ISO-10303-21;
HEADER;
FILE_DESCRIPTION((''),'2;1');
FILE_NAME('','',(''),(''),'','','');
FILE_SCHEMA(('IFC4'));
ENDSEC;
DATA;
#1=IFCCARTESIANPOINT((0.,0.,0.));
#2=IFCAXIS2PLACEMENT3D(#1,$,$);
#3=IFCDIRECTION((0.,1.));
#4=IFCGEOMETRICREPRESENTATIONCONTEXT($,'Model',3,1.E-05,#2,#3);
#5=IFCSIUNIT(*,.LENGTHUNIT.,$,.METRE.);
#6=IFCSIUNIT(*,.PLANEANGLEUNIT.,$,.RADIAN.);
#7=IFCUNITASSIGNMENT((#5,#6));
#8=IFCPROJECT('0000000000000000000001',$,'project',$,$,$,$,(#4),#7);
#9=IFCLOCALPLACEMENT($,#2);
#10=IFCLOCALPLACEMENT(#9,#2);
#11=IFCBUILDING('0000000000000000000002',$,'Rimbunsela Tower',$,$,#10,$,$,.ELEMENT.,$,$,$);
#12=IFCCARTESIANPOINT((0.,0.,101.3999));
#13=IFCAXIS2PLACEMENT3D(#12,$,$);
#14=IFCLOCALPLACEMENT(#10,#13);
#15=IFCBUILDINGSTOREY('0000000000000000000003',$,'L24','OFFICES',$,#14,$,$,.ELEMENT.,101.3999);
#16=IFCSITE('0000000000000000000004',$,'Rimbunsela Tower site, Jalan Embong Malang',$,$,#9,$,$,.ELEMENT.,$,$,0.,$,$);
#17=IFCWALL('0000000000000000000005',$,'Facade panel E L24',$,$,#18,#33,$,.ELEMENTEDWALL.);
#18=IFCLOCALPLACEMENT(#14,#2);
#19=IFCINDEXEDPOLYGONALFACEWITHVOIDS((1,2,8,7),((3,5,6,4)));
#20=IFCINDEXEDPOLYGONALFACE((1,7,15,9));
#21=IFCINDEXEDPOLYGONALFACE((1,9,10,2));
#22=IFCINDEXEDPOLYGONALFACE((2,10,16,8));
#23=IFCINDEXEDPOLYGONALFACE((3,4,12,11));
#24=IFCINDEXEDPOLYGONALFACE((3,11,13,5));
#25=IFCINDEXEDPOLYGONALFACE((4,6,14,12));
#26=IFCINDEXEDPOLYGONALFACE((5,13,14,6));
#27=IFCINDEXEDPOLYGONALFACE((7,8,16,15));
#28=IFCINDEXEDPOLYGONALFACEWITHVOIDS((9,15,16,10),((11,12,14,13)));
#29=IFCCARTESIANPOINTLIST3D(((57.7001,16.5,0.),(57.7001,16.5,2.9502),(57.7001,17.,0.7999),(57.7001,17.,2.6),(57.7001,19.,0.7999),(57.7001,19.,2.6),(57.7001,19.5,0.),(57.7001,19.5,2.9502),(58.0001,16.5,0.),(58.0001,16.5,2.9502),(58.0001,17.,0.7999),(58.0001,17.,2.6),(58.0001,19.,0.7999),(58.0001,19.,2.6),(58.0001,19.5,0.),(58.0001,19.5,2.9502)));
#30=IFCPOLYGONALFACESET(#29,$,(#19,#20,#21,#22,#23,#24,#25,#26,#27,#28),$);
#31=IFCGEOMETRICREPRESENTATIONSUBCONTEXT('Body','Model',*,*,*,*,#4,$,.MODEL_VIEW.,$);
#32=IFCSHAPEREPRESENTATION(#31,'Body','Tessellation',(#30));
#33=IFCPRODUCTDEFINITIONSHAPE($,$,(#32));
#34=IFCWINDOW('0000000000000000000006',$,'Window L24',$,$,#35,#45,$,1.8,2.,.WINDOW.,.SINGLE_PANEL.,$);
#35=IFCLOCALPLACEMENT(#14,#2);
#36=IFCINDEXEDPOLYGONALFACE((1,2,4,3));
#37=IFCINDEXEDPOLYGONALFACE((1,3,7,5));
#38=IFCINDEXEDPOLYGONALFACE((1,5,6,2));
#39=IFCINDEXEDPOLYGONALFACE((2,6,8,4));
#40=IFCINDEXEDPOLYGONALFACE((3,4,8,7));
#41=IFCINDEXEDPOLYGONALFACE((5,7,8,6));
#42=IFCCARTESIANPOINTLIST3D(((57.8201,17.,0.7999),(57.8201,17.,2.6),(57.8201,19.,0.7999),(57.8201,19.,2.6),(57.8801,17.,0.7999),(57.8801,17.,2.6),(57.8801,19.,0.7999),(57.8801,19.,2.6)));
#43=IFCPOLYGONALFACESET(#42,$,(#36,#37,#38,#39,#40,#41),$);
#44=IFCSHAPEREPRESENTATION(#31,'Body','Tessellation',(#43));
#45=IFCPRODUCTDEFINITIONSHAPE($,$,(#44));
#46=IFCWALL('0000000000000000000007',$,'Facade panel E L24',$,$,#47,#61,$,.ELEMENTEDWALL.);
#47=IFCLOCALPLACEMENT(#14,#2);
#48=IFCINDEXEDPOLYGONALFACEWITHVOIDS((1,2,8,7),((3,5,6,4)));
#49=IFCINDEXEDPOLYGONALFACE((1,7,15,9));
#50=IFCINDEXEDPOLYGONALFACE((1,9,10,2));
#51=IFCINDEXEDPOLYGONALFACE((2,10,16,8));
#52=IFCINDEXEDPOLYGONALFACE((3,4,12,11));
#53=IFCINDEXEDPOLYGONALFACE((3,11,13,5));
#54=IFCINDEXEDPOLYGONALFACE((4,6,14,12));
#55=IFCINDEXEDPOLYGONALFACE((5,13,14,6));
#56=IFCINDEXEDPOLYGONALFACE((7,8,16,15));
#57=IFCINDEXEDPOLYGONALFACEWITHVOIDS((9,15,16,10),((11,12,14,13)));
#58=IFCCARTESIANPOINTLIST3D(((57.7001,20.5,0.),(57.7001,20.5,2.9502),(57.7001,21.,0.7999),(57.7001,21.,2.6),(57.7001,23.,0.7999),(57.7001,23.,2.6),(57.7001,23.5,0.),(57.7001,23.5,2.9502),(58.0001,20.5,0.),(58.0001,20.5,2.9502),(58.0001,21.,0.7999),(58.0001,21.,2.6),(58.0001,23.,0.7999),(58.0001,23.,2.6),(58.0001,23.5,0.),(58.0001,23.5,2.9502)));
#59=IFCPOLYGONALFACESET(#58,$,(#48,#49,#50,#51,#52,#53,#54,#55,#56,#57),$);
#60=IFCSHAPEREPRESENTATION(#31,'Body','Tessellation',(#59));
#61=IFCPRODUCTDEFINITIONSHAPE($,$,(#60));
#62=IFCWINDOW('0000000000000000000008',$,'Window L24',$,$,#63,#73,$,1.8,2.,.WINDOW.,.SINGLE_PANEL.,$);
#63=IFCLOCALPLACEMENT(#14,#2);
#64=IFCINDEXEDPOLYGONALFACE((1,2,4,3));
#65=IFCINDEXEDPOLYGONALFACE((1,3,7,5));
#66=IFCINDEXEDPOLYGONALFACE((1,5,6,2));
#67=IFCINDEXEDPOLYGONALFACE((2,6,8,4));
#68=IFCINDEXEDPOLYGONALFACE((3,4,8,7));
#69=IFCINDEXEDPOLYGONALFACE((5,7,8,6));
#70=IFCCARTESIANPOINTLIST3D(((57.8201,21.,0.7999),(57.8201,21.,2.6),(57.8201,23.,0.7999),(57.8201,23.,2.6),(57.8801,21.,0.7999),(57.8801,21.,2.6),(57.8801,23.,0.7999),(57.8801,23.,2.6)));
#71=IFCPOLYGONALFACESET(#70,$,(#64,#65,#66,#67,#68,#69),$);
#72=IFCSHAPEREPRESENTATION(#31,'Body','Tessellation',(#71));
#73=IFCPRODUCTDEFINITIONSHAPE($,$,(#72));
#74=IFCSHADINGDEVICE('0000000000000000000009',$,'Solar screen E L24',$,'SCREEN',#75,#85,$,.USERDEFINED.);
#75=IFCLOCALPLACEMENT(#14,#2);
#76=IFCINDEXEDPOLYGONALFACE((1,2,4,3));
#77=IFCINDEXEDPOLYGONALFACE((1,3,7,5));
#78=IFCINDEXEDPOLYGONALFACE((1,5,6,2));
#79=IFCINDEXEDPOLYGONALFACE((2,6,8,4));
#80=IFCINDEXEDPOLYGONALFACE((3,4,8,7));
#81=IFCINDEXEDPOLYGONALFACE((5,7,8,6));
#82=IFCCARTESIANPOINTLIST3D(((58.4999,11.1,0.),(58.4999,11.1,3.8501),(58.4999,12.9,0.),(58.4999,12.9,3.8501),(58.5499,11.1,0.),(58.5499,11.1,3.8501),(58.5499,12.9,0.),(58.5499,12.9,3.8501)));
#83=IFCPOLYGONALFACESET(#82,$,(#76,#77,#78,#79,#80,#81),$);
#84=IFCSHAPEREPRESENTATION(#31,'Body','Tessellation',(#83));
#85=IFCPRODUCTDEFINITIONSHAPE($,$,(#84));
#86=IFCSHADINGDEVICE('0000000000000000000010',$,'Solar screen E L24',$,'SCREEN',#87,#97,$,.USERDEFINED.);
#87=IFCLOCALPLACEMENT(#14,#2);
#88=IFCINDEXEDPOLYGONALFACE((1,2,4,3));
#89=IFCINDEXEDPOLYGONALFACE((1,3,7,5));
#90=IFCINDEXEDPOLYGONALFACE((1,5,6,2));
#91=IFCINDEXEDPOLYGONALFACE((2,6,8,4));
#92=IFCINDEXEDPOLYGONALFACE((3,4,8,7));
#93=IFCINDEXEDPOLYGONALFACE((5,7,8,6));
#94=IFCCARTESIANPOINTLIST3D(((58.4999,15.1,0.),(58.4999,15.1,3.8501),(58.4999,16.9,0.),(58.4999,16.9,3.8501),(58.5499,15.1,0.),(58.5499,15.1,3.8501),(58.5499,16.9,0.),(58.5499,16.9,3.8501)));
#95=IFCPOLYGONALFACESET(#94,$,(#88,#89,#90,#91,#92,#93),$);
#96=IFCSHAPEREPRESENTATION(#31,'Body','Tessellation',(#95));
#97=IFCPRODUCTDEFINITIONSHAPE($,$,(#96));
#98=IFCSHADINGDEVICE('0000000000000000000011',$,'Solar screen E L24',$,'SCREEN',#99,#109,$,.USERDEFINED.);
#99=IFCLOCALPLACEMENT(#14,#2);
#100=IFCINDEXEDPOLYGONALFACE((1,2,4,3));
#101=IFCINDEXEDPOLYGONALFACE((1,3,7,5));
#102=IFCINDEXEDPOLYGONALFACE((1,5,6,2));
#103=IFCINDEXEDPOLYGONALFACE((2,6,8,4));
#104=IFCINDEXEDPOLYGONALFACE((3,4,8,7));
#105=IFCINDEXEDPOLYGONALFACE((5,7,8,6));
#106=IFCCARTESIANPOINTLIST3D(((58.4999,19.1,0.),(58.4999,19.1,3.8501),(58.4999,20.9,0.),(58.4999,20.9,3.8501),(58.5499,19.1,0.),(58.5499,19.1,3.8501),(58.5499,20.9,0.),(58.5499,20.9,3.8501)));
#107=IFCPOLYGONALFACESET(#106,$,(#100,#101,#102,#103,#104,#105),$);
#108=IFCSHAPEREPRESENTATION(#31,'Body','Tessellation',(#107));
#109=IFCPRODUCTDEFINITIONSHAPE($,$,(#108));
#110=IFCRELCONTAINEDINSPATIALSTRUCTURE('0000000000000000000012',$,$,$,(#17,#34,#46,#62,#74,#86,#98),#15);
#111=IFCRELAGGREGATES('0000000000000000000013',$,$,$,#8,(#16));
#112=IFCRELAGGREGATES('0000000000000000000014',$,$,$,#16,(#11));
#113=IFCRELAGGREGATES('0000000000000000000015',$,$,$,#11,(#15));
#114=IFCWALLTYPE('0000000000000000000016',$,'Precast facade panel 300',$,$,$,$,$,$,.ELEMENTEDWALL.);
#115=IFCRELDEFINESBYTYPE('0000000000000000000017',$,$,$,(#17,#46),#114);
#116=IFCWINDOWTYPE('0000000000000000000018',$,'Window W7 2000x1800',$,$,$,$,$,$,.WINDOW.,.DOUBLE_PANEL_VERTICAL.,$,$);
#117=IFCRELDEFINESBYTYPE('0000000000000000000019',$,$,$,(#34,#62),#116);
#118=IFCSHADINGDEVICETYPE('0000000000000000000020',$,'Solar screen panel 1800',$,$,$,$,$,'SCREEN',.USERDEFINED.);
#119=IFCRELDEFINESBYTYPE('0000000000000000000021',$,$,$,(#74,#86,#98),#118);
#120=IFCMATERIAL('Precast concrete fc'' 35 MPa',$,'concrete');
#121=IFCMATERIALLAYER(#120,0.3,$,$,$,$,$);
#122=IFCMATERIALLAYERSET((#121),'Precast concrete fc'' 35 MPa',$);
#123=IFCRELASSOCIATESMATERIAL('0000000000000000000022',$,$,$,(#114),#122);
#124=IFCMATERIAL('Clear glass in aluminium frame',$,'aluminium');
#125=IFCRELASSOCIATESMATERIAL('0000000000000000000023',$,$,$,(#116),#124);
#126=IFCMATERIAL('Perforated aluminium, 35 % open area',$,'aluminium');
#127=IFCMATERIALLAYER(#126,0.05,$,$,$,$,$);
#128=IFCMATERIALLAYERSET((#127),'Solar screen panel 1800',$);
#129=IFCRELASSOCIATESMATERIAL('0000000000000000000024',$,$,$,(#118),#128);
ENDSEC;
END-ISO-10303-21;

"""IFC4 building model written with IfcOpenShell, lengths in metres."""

from ifc_helpers import new_model, si_unit, direction, frame, frame_2d, origin, origin_2d, place, context, subcontext, project, spatial, rectangle, extrude, material, layer, layer_set, type_object, element, fill, save


model = new_model("IFC4")

# Units and contexts
model_context = context("Model", 3, precision=1e-05, world=origin(), true_north=direction((0.0, 1.0)))
body_context = subcontext(model_context, "Body", "Model", "MODEL_VIEW")
ifc_project = project(units=[si_unit("LENGTHUNIT", "METRE"), si_unit("PLANEANGLEUNIT", "RADIAN")], contexts=[model_context])

# Site, building, storey
site_placement = place(None, origin())
site = spatial("IfcSite", under=ifc_project, at=site_placement, Name="Rimbunsela Tower site, Jalan Embong Malang", CompositionType="ELEMENT", RefElevation=0.0)
building_placement = place(site_placement, origin())
building = spatial("IfcBuilding", under=site, at=building_placement, Name="Rimbunsela Tower", CompositionType="ELEMENT")
storey_placement = place(building_placement, frame((0.0, 0.0, 101.3999)))
storey = spatial("IfcBuildingStorey", under=building, at=storey_placement, Name="L24", Description="OFFICES", CompositionType="ELEMENT", Elevation=101.3999)

# Walls, openings, windows
ifc_material_1 = material(Name="Precast concrete fc' 35 MPa", Category="concrete")
ifc_layer_1 = layer(ifc_material_1, 0.3)
ifc_layer_set_1 = layer_set([ifc_layer_1], Name="Precast concrete fc' 35 MPa")
wall_type = type_object("IfcWallType", Name="Precast facade panel 300", PredefinedType="ELEMENTEDWALL", material=ifc_layer_set_1)
ifc_material_2 = material(Name="Clear glass in aluminium frame", Category="aluminium")
window_type = type_object("IfcWindowType", Name="Window W7 2000x1800", PartitioningType="DOUBLE_PANEL_VERTICAL", PredefinedType="WINDOW", material=ifc_material_2)
wall_1_placement = place(storey_placement, frame((57.8501, 16.5, 0.0), z_axis=(0.0, 0.0, 1.0), x_axis=(0.0, 1.0, 0.0)))
wall_1 = element("IfcWall", 1, at=wall_1_placement, inside=storey, type_object=wall_type, Name="Facade panel E L24", PredefinedType="ELEMENTEDWALL", context=body_context, shape_type="SweptSolid", body=[
    extrude(rectangle(XDim=3.0, YDim=0.3, at=frame_2d((1.5, 0.0))), origin(), (0.0, 0.0, 1.0), 2.9502),
])
opening_1_placement = place(wall_1_placement, frame((0.5, 0.0, 0.8)))
opening_1 = element("IfcOpeningElement", 2, at=opening_1_placement, cuts=wall_1, PredefinedType="OPENING", context=body_context, shape_type="SweptSolid", body=[
    extrude(rectangle(XDim=2.0, YDim=1.8, at=frame_2d((1.0, 0.8999))), frame((0.0, 0.1599, 0.0), z_axis=(0.0, -1.0, 0.0), x_axis=(1.0, 0.0, 0.0)), (0.0, 0.0, 1.0), 0.3201),
])
window_1_placement = place(opening_1_placement, origin())
window_1 = element("IfcWindow", 3, at=window_1_placement, inside=storey, type_object=window_type, Name="Window L24", OverallHeight=1.8, OverallWidth=2.0, PartitioningType="SINGLE_PANEL", PredefinedType="WINDOW", context=body_context, shape_type="SweptSolid", body=[
    extrude(rectangle(XDim=2.0, YDim=1.8, at=frame_2d((1.0, 0.8999))), frame((0.0, 0.03, 0.0), z_axis=(0.0, -1.0, 0.0), x_axis=(1.0, 0.0, 0.0)), (0.0, 0.0, 1.0), 0.0601),
])
fill(opening_1, window_1)
wall_2_placement = place(storey_placement, frame((57.8501, 20.5, 0.0), z_axis=(0.0, 0.0, 1.0), x_axis=(0.0, 1.0, 0.0)))
wall_2 = element("IfcWall", 4, at=wall_2_placement, inside=storey, type_object=wall_type, Name="Facade panel E L24", PredefinedType="ELEMENTEDWALL", context=body_context, shape_type="SweptSolid", body=[
    extrude(rectangle(XDim=3.0, YDim=0.3, at=frame_2d((1.5, 0.0))), origin(), (0.0, 0.0, 1.0), 2.9502),
])
opening_2_placement = place(wall_2_placement, frame((0.5, 0.0, 0.8)))
opening_2 = element("IfcOpeningElement", 5, at=opening_2_placement, cuts=wall_2, PredefinedType="OPENING", context=body_context, shape_type="SweptSolid", body=[
    extrude(rectangle(XDim=2.0, YDim=1.8, at=frame_2d((1.0, 0.8999))), frame((0.0, 0.1599, 0.0), z_axis=(0.0, -1.0, 0.0), x_axis=(1.0, 0.0, 0.0)), (0.0, 0.0, 1.0), 0.3201),
])
window_2_placement = place(opening_2_placement, origin())
window_2 = element("IfcWindow", 6, at=window_2_placement, inside=storey, type_object=window_type, Name="Window L24", OverallHeight=1.8, OverallWidth=2.0, PartitioningType="SINGLE_PANEL", PredefinedType="WINDOW", context=body_context, shape_type="SweptSolid", body=[
    extrude(rectangle(XDim=2.0, YDim=1.8, at=frame_2d((1.0, 0.8999))), frame((0.0, 0.03, 0.0), z_axis=(0.0, -1.0, 0.0), x_axis=(1.0, 0.0, 0.0)), (0.0, 0.0, 1.0), 0.0601),
])
fill(opening_2, window_2)

# Shading devices
ifc_material_3 = material(Name="Perforated aluminium, 35 % open area", Category="aluminium")
ifc_layer_2 = layer(ifc_material_3, 0.05)
ifc_layer_set_2 = layer_set([ifc_layer_2], Name="Solar screen panel 1800")
shading_device_type = type_object("IfcShadingDeviceType", Name="Solar screen panel 1800", ElementType="SCREEN", PredefinedType="USERDEFINED", material=ifc_layer_set_2)
for number, where, z_axis, x_axis, name in (
    (7, (58.5249, 12.0, 0.0), (0.0, 0.0, 1.0), (0.0, 1.0, 0.0), "Solar screen E L24"),
    (8, (58.5249, 16.0, 0.0), (0.0, 0.0, 1.0), (0.0, 1.0, 0.0), "Solar screen E L24"),
    (9, (58.5249, 20.0, 0.0), (0.0, 0.0, 1.0), (0.0, 1.0, 0.0), "Solar screen E L24"),
):
    element("IfcShadingDevice", number, at=place(storey_placement, frame(where, z_axis=z_axis, x_axis=x_axis)), inside=storey, type_object=shading_device_type, Name=name, ObjectType="SCREEN", PredefinedType="USERDEFINED", context=body_context, shape_type="SweptSolid", body=[
        extrude(rectangle(XDim=1.8, YDim=0.05, at=origin_2d()), origin(), (0.0, 0.0, 1.0), 3.8501),
    ])

save(model, "model.ifc")
